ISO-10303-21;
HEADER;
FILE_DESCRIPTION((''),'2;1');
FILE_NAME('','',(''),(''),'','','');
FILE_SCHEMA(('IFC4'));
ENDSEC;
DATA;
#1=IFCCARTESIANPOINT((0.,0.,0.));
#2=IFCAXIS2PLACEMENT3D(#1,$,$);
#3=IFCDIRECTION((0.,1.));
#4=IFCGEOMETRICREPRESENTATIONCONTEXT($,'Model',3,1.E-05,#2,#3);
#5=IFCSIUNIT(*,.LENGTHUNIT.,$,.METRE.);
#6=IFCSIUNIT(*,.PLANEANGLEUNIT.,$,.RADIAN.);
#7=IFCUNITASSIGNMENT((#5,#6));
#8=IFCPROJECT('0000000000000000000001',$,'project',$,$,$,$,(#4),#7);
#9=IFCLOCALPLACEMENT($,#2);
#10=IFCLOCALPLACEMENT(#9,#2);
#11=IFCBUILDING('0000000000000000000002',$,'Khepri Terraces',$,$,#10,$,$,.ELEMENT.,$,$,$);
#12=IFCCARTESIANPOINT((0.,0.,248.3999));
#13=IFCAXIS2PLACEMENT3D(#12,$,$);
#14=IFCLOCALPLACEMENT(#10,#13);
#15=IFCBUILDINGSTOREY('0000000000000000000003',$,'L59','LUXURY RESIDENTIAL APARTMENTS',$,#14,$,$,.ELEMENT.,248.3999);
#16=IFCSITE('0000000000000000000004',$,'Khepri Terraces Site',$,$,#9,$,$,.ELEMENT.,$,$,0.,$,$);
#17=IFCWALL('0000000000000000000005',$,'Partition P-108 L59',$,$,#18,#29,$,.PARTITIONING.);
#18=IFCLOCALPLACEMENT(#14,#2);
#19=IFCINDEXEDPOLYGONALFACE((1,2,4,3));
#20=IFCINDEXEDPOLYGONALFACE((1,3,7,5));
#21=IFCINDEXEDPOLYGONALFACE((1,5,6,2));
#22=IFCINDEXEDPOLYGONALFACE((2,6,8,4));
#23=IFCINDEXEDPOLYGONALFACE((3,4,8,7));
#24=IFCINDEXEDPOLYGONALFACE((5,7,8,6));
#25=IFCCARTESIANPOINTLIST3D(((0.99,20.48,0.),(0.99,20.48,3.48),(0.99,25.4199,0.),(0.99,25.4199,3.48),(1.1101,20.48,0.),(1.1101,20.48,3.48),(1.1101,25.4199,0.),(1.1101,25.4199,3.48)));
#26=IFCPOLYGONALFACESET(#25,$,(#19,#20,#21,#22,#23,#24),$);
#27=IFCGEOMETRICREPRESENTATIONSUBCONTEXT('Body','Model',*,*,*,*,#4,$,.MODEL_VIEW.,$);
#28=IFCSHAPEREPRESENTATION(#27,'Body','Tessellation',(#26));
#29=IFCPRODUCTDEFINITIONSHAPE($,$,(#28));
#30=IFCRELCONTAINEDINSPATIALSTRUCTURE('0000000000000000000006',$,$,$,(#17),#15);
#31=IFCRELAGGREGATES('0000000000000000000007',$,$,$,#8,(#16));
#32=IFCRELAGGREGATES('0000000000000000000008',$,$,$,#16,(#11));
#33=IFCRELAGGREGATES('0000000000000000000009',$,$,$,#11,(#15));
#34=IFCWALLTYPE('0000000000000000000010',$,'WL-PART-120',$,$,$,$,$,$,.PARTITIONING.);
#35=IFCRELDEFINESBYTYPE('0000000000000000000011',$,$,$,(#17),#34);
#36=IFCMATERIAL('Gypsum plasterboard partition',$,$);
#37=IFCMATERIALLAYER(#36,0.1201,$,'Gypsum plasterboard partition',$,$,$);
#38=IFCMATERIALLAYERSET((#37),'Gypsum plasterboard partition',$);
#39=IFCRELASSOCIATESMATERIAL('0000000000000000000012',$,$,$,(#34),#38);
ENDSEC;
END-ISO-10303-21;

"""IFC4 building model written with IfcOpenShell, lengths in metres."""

from ifc_helpers import new_model, si_unit, direction, frame, frame_2d, origin, place, context, subcontext, project, spatial, rectangle, extrude, material, layer, layer_set, type_object, element, save


model = new_model("IFC4")

# Units and contexts
model_context = context("Model", 3, precision=1e-05, world=origin(), true_north=direction((0.0, 1.0)))
body_context = subcontext(model_context, "Body", "Model", "MODEL_VIEW")
ifc_project = project(units=[si_unit("LENGTHUNIT", "METRE"), si_unit("PLANEANGLEUNIT", "RADIAN")], contexts=[model_context])

# Site, building, storey
site_placement = place(None, origin())
site = spatial("IfcSite", under=ifc_project, at=site_placement, Name="Khepri Terraces Site", CompositionType="ELEMENT", RefElevation=0.0)
building_placement = place(site_placement, origin())
building = spatial("IfcBuilding", under=site, at=building_placement, Name="Khepri Terraces", CompositionType="ELEMENT")
storey_placement = place(building_placement, frame((0.0, 0.0, 248.3999)))
storey = spatial("IfcBuildingStorey", under=building, at=storey_placement, Name="L59", Description="LUXURY RESIDENTIAL APARTMENTS", CompositionType="ELEMENT", Elevation=248.3999)

# Shared definitions
ifc_material_1 = material(Name="Gypsum plasterboard partition")
ifc_layer_1 = layer(ifc_material_1, 0.1201, Name="Gypsum plasterboard partition")
ifc_layer_set_1 = layer_set([ifc_layer_1], Name="Gypsum plasterboard partition")
wall_type_1 = type_object("IfcWallType", Name="WL-PART-120", PredefinedType="PARTITIONING", material=ifc_layer_set_1)

# Wall
wall_1_placement = place(storey_placement, frame((1.05, 20.48, 0.0), z_axis=(0.0, 0.0, 1.0), x_axis=(0.0, 1.0, 0.0)))
element("IfcWall", 1, at=wall_1_placement, inside=storey, type_object=wall_type_1, Name="Partition P-108 L59", PredefinedType="PARTITIONING", context=body_context, shape_type="SweptSolid", body=[
    extrude(rectangle(XDim=4.9399, YDim=0.1201, at=frame_2d((2.47, 0.0))), origin(), (0.0, 0.0, 1.0), 3.48),
])

save(model, "model.ifc")
